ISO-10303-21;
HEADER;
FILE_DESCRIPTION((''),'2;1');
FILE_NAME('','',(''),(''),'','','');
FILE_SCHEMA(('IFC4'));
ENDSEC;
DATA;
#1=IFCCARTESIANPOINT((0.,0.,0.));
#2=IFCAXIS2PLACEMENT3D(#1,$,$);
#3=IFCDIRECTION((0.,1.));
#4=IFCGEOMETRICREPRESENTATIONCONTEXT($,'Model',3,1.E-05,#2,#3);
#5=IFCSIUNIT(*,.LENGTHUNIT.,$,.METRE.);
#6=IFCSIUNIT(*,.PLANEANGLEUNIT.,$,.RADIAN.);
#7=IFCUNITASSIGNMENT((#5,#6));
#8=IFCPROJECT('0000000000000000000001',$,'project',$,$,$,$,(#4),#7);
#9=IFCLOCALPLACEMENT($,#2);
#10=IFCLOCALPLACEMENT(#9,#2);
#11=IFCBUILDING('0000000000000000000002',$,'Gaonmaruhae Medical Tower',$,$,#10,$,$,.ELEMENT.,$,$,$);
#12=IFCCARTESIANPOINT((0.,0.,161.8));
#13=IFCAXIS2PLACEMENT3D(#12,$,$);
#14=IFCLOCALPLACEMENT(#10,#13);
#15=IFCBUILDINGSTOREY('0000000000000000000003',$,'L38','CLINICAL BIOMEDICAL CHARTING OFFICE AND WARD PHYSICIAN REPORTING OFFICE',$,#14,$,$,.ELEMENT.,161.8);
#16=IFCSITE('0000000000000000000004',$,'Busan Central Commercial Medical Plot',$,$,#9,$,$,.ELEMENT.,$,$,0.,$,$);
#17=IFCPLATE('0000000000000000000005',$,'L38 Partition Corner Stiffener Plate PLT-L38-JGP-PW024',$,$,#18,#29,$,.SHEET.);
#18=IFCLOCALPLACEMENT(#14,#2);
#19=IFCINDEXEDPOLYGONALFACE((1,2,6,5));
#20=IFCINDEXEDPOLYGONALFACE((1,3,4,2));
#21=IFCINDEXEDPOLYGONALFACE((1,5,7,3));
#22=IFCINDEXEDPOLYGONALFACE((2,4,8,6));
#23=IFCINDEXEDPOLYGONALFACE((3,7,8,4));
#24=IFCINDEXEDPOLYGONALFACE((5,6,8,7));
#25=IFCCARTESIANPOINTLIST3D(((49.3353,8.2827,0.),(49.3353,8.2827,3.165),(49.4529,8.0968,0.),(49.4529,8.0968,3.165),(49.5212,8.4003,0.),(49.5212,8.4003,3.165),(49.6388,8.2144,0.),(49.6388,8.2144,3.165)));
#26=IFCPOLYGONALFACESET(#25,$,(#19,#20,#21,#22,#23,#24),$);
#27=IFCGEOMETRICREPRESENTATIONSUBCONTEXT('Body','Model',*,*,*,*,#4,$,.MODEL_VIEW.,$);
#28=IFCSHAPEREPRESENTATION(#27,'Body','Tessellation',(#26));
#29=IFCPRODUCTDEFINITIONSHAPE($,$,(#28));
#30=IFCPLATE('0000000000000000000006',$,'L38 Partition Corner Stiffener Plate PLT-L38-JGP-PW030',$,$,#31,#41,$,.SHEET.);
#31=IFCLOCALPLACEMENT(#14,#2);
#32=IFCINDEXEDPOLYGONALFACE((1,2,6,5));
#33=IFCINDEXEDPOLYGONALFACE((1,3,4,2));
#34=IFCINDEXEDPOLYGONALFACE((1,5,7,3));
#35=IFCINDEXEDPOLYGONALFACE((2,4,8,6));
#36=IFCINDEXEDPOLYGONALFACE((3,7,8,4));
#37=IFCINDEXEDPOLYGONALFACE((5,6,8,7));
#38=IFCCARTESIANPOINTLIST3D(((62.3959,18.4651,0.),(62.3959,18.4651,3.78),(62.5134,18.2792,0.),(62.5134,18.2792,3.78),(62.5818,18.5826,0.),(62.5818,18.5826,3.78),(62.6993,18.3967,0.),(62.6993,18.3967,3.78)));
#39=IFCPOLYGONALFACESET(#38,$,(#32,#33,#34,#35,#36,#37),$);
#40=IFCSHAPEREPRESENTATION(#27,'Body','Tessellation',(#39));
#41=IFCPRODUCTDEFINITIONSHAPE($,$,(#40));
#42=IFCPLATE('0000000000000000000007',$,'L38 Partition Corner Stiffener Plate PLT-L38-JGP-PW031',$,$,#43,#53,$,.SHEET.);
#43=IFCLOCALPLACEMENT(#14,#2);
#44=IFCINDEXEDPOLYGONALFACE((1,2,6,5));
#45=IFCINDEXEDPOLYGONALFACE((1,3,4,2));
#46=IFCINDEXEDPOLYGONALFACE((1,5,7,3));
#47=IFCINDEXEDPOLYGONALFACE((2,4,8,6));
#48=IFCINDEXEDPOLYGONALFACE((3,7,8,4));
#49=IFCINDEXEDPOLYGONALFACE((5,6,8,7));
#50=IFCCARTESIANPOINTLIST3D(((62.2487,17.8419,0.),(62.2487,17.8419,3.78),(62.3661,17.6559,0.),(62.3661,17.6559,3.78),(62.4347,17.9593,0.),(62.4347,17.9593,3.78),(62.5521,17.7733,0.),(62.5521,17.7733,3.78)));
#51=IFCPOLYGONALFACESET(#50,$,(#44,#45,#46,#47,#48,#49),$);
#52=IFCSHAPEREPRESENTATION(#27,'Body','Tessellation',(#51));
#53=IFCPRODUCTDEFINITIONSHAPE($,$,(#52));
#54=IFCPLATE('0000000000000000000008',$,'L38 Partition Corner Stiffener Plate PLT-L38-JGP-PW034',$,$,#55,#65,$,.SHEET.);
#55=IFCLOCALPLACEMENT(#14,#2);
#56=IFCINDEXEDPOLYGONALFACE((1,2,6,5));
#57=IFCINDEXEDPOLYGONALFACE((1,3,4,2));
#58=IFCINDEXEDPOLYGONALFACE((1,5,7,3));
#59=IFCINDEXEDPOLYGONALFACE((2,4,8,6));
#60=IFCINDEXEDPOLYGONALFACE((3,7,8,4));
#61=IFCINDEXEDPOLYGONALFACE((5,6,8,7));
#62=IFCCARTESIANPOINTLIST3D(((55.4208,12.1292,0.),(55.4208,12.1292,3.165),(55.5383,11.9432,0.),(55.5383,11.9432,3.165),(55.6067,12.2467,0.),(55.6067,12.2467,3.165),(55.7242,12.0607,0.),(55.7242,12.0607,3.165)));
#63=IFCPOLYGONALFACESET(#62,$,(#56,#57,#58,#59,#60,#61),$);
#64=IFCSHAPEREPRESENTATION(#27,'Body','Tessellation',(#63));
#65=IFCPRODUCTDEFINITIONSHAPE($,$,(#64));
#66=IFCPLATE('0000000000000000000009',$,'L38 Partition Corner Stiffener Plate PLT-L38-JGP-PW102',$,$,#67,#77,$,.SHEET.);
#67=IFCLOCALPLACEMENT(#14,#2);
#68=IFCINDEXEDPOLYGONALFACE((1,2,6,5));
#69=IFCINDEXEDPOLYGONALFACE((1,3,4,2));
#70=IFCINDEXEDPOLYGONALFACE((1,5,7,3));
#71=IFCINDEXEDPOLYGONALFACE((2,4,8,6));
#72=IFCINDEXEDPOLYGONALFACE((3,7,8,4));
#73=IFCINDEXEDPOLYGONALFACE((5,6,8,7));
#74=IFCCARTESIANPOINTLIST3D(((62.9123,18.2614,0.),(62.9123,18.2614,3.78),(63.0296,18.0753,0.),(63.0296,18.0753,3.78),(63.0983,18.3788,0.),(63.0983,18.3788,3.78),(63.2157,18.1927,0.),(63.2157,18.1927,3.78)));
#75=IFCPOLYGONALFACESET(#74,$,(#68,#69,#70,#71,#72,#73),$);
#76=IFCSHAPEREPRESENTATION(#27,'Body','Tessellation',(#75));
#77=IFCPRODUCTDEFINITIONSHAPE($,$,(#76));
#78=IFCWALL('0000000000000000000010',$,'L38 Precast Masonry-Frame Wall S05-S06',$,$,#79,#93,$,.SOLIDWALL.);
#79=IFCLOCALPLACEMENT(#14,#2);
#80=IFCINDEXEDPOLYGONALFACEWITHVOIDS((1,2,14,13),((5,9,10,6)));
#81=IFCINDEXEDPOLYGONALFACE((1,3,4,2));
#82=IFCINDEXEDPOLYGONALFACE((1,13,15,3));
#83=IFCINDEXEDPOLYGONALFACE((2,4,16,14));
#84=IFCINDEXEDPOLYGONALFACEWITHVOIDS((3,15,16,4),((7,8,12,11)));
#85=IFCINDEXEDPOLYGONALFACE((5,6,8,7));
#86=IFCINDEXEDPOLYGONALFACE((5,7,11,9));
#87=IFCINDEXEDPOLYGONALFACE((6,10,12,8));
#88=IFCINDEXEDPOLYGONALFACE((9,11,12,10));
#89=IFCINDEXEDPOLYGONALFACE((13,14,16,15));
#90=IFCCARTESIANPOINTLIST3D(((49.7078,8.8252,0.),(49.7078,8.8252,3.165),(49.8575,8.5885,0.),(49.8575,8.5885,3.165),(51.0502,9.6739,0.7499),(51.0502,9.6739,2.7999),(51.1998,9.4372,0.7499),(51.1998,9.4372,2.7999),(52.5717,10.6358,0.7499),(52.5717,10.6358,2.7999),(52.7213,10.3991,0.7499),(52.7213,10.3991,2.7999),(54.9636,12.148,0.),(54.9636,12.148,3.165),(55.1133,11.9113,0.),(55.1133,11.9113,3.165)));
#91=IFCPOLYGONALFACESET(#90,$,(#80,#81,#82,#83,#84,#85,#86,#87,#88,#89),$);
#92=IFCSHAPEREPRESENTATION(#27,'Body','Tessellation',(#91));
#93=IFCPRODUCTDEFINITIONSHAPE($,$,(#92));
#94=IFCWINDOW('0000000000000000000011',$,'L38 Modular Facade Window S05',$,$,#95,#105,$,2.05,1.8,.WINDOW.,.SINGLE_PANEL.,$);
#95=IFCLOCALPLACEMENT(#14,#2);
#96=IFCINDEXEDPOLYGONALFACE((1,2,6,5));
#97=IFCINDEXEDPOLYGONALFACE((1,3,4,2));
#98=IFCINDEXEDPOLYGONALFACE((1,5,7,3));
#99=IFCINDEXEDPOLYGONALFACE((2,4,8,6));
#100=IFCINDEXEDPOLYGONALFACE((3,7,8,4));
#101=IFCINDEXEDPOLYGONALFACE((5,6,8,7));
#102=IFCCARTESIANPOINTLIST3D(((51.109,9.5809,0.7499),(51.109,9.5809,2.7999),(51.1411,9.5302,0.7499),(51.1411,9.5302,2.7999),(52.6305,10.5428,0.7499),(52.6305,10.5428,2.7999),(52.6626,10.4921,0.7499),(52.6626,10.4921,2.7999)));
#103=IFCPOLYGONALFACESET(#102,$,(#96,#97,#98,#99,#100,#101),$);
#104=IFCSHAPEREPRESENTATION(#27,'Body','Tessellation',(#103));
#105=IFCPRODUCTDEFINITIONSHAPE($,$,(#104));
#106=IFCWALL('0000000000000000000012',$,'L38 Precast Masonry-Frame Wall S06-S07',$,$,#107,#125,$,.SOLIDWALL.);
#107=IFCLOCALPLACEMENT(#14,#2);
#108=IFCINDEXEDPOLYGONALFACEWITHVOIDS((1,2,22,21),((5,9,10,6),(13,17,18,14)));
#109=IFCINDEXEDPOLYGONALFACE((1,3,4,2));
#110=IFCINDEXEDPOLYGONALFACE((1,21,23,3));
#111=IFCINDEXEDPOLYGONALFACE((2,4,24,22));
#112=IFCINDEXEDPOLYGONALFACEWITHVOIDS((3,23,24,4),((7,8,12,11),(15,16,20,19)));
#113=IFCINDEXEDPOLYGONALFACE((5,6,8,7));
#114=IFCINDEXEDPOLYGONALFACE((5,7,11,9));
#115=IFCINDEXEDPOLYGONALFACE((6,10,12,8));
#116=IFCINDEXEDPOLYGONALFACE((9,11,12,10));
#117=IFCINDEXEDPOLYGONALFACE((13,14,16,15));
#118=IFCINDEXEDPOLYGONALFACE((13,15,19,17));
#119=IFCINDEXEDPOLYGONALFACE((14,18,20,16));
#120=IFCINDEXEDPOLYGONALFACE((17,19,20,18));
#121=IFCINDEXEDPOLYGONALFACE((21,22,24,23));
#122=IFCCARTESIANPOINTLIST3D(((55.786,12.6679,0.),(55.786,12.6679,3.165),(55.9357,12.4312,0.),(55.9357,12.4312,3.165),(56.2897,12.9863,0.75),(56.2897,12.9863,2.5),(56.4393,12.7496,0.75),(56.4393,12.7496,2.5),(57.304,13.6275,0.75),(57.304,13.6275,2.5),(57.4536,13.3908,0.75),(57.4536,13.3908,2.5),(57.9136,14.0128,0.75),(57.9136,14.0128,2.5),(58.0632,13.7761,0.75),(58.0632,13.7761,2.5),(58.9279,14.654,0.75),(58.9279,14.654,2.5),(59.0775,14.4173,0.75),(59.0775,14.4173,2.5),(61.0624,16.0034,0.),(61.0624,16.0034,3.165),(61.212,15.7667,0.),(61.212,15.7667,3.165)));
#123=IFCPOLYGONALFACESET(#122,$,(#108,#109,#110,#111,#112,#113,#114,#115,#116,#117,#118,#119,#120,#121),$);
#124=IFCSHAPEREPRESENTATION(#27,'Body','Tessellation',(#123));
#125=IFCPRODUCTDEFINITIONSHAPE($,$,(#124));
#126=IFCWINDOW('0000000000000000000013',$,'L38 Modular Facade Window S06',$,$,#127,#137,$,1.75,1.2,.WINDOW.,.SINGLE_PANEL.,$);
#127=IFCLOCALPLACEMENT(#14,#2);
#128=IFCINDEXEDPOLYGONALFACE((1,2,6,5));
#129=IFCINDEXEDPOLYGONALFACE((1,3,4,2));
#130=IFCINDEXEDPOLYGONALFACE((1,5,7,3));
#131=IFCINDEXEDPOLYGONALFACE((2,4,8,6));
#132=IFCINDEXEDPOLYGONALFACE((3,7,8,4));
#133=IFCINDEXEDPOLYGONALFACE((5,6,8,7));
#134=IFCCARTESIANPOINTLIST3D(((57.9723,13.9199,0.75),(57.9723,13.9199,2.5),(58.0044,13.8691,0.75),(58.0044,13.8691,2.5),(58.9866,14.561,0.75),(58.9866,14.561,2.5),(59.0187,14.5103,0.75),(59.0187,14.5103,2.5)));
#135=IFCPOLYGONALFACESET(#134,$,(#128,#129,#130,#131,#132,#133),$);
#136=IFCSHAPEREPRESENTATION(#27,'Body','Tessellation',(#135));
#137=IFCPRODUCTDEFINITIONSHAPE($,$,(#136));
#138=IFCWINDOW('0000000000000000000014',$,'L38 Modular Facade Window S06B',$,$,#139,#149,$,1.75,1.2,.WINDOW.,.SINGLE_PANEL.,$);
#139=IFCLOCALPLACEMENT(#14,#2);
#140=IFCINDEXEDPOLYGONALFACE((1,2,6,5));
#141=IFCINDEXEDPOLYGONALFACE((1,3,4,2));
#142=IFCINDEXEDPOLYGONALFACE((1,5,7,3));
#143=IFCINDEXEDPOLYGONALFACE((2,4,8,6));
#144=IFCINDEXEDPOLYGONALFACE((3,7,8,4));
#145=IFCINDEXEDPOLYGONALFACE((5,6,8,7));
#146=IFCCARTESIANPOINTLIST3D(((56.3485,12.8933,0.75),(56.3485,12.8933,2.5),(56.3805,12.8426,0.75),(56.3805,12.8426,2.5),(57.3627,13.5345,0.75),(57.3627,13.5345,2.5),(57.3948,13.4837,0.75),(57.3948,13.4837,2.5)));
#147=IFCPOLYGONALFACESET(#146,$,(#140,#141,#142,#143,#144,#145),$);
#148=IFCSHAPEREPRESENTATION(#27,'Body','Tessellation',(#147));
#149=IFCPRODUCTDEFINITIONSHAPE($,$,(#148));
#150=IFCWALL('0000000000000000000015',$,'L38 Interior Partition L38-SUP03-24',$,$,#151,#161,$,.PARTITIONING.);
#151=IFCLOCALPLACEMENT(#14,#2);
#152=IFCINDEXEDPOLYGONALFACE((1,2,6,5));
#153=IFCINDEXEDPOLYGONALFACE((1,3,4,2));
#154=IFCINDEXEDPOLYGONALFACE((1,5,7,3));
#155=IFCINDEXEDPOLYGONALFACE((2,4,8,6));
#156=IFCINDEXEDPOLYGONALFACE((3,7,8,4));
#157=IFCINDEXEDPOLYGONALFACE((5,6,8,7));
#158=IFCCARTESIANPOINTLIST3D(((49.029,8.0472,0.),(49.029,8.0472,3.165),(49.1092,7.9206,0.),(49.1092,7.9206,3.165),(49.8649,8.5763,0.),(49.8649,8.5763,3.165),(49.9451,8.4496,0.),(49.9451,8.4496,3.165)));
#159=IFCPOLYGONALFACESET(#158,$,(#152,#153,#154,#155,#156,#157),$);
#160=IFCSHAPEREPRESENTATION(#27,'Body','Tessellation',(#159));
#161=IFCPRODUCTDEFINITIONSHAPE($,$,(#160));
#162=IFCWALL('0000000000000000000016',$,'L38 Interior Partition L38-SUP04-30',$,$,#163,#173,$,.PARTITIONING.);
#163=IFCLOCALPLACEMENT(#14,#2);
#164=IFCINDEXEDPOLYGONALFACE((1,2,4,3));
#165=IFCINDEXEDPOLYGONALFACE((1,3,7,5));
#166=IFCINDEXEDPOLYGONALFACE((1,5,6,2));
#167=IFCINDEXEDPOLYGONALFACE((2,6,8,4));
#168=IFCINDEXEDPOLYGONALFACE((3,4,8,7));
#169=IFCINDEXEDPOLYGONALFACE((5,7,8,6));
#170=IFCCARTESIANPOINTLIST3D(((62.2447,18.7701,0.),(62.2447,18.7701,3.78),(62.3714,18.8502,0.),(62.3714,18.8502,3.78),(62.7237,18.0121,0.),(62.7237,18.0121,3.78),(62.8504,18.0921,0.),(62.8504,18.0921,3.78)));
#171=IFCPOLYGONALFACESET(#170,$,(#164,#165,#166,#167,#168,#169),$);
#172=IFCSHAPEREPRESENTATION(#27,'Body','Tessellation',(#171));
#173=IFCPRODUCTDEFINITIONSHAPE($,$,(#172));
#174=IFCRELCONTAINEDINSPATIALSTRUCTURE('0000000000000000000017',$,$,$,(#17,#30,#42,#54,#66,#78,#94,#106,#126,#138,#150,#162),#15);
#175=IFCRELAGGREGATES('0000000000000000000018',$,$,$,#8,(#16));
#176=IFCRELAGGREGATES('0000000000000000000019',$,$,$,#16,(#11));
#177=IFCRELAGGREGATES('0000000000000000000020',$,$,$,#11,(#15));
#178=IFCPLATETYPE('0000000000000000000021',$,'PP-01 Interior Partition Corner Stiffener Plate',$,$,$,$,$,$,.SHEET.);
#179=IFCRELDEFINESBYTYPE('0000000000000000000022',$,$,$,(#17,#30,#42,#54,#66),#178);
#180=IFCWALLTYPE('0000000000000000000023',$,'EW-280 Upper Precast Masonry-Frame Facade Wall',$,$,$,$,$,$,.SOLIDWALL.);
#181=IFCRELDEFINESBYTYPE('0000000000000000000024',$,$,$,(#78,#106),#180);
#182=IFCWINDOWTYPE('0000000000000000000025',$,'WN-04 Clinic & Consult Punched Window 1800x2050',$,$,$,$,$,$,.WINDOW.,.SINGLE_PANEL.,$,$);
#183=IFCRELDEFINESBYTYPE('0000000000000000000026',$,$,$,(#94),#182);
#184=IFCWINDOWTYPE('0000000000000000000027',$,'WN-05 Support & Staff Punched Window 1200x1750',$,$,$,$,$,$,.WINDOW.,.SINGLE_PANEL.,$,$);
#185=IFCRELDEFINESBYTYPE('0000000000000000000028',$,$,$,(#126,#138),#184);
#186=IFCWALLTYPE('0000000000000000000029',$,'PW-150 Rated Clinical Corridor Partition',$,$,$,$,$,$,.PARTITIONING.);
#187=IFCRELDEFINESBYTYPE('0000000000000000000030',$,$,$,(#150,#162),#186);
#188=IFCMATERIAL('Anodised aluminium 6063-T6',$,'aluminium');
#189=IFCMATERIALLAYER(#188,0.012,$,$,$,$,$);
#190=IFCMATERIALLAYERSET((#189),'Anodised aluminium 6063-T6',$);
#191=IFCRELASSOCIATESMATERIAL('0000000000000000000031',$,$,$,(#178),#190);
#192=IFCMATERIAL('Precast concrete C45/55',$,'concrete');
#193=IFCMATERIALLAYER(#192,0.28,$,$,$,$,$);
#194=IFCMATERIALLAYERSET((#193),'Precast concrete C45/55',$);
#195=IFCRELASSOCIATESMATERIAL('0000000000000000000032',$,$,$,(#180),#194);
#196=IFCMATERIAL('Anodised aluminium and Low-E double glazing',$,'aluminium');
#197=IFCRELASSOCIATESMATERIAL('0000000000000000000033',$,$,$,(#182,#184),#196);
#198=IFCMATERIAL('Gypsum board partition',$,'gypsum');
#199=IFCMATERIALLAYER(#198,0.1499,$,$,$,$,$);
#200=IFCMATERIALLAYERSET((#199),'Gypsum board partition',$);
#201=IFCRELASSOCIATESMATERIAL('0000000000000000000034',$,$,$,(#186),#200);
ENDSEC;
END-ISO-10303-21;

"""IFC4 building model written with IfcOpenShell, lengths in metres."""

from ifc_helpers import new_model, si_unit, direction, frame, frame_2d, origin, origin_2d, place, context, subcontext, project, spatial, rectangle, extrude, material, layer, layer_set, type_object, element, fill, save


model = new_model("IFC4")

# Units and contexts
model_context = context("Model", 3, precision=1e-05, world=origin(), true_north=direction((0.0, 1.0)))
body_context = subcontext(model_context, "Body", "Model", "MODEL_VIEW")
ifc_project = project(units=[si_unit("LENGTHUNIT", "METRE"), si_unit("PLANEANGLEUNIT", "RADIAN")], contexts=[model_context])

# Site, building, storey
site_placement = place(None, origin())
site = spatial("IfcSite", under=ifc_project, at=site_placement, Name="Busan Central Commercial Medical Plot", CompositionType="ELEMENT", RefElevation=0.0)
building_placement = place(site_placement, origin())
building = spatial("IfcBuilding", under=site, at=building_placement, Name="Gaonmaruhae Medical Tower", CompositionType="ELEMENT")
storey_placement = place(building_placement, frame((0.0, 0.0, 161.8)))
storey = spatial("IfcBuildingStorey", under=building, at=storey_placement, Name="L38", Description="CLINICAL BIOMEDICAL CHARTING OFFICE AND WARD PHYSICIAN REPORTING OFFICE", CompositionType="ELEMENT", Elevation=161.8)

# Plates
ifc_material_1 = material(Name="Anodised aluminium 6063-T6", Category="aluminium")
ifc_layer_1 = layer(ifc_material_1, 0.012)
ifc_layer_set_1 = layer_set([ifc_layer_1], Name="Anodised aluminium 6063-T6")
plate_type = type_object("IfcPlateType", Name="PP-01 Interior Partition Corner Stiffener Plate", PredefinedType="SHEET", material=ifc_layer_set_1)
plate_1_placement = place(storey_placement, frame((49.4871, 8.2485, 0.0), z_axis=(0.0, 0.0, 1.0), x_axis=(-0.845029, -0.534721, 0.0)))
element("IfcPlate", 1, at=plate_1_placement, inside=storey, type_object=plate_type, Name="L38 Partition Corner Stiffener Plate PLT-L38-JGP-PW024", PredefinedType="SHEET", context=body_context, shape_type="SweptSolid", body=[
    extrude(rectangle(XDim=0.22, YDim=0.22, at=origin_2d()), origin(), (0.0, 0.0, 1.0), 3.165),
])
for number, where, z_axis, x_axis, name in (
    (2, (62.5476, 18.4309, 0.0), (0.0, 0.0, 1.0), (0.534205, -0.845355, 0.0), "L38 Partition Corner Stiffener Plate PLT-L38-JGP-PW030"),
    (3, (62.4004, 17.8076, 0.0), (0.0, 0.0, 1.0), (-0.845579, -0.533851, 0.0), "L38 Partition Corner Stiffener Plate PLT-L38-JGP-PW031"),
):
    element("IfcPlate", number, at=place(storey_placement, frame(where, z_axis=z_axis, x_axis=x_axis)), inside=storey, type_object=plate_type, Name=name, PredefinedType="SHEET", context=body_context, shape_type="SweptSolid", body=[
        extrude(rectangle(XDim=0.22, YDim=0.22, at=origin_2d()), origin(), (0.0, 0.0, 1.0), 3.78),
    ])
plate_2_placement = place(storey_placement, frame((55.5725, 12.095, 0.0), z_axis=(0.0, 0.0, 1.0), x_axis=(-0.845392, -0.534146, 0.0)))
element("IfcPlate", 4, at=plate_2_placement, inside=storey, type_object=plate_type, Name="L38 Partition Corner Stiffener Plate PLT-L38-JGP-PW034", PredefinedType="SHEET", context=body_context, shape_type="SweptSolid", body=[
    extrude(rectangle(XDim=0.22, YDim=0.22, at=origin_2d()), origin(), (0.0, 0.0, 1.0), 3.165),
])
plate_3_placement = place(storey_placement, frame((63.064, 18.2271, 0.0), z_axis=(0.0, 0.0, 1.0), x_axis=(-0.845802, -0.533496, 0.0)))
element("IfcPlate", 5, at=plate_3_placement, inside=storey, type_object=plate_type, Name="L38 Partition Corner Stiffener Plate PLT-L38-JGP-PW102", PredefinedType="SHEET", context=body_context, shape_type="SweptSolid", body=[
    extrude(rectangle(XDim=0.22, YDim=0.22, at=origin_2d()), origin(), (0.0, 0.0, 1.0), 3.78),
])

# Wall, opening, window
ifc_material_2 = material(Name="Precast concrete C45/55", Category="concrete")
ifc_layer_2 = layer(ifc_material_2, 0.28)
ifc_layer_set_2 = layer_set([ifc_layer_2], Name="Precast concrete C45/55")
wall_type_1 = type_object("IfcWallType", Name="EW-280 Upper Precast Masonry-Frame Facade Wall", PredefinedType="SOLIDWALL", material=ifc_layer_set_2)
wall_1_placement = place(storey_placement, frame((55.0383, 12.0295, 0.0), z_axis=(0.0, 0.0, 1.0), x_axis=(-0.845252, -0.534368, 0.0)))
wall_1 = element("IfcWall", 6, at=wall_1_placement, inside=storey, type_object=wall_type_1, Name="L38 Precast Masonry-Frame Wall S05-S06", PredefinedType="SOLIDWALL", context=body_context, shape_type="SweptSolid", body=[
    extrude(rectangle(XDim=6.218, YDim=0.28, at=frame_2d((3.1089, 0.0))), origin(), (0.0, 0.0, 1.0), 3.165),
])
opening_1_placement = place(wall_1_placement, frame((2.8298, 0.0, 0.75)))
opening_1 = element("IfcOpeningElement", 7, at=opening_1_placement, cuts=wall_1, PredefinedType="OPENING", context=body_context, shape_type="SweptSolid", body=[
    extrude(rectangle(XDim=1.8, YDim=2.05, at=frame_2d((0.8999, 1.0249))), frame((0.0, 0.1499, 0.0), z_axis=(0.0, -1.0, 0.0), x_axis=(1.0, 0.0, 0.0)), (0.0, 0.0, 1.0), 0.3),
])
ifc_material_3 = material(Name="Anodised aluminium and Low-E double glazing", Category="aluminium")
window_type_1 = type_object("IfcWindowType", Name="WN-04 Clinic & Consult Punched Window 1800x2050", PartitioningType="SINGLE_PANEL", PredefinedType="WINDOW", material=ifc_material_3)
window_1_placement = place(opening_1_placement, origin())
window_1 = element("IfcWindow", 8, at=window_1_placement, inside=storey, type_object=window_type_1, Name="L38 Modular Facade Window S05", OverallHeight=2.05, OverallWidth=1.8, PartitioningType="SINGLE_PANEL", PredefinedType="WINDOW", context=body_context, shape_type="SweptSolid", body=[
    extrude(rectangle(XDim=1.8, YDim=2.05, at=frame_2d((0.8999, 1.0249))), frame((0.0, 0.03, 0.0), z_axis=(0.0, -1.0, 0.0), x_axis=(1.0, 0.0, 0.0)), (0.0, 0.0, 1.0), 0.0601),
])
fill(opening_1, window_1)

# Wall, openings, windows
wall_2_placement = place(storey_placement, frame((61.1372, 15.885, 0.0), z_axis=(0.0, 0.0, 1.0), x_axis=(-0.845271, -0.534337, 0.0)))
wall_2 = element("IfcWall", 9, at=wall_2_placement, inside=storey, type_object=wall_type_1, Name="L38 Precast Masonry-Frame Wall S06-S07", PredefinedType="SOLIDWALL", context=body_context, shape_type="SweptSolid", body=[
    extrude(rectangle(XDim=6.2422, YDim=0.28, at=frame_2d((3.1211, 0.0))), origin(), (0.0, 0.0, 1.0), 3.165),
])
opening_2_placement = place(wall_2_placement, frame((2.5251, 0.0, 0.75)))
opening_2 = element("IfcOpeningElement", 10, at=opening_2_placement, cuts=wall_2, PredefinedType="OPENING", context=body_context, shape_type="SweptSolid", body=[
    extrude(rectangle(XDim=1.2, YDim=1.75, at=frame_2d((0.6001, 0.875))), frame((0.0, 0.1499, 0.0), z_axis=(0.0, -1.0, 0.0), x_axis=(1.0, 0.0, 0.0)), (0.0, 0.0, 1.0), 0.3),
])
opening_3_placement = place(wall_2_placement, frame((4.4463, 0.0, 0.75)))
opening_3 = element("IfcOpeningElement", 11, at=opening_3_placement, cuts=wall_2, PredefinedType="OPENING", context=body_context, shape_type="SweptSolid", body=[
    extrude(rectangle(XDim=1.2, YDim=1.75, at=frame_2d((0.6001, 0.875))), frame((0.0, 0.1499, 0.0), z_axis=(0.0, -1.0, 0.0), x_axis=(1.0, 0.0, 0.0)), (0.0, 0.0, 1.0), 0.3),
])
window_type_2 = type_object("IfcWindowType", Name="WN-05 Support & Staff Punched Window 1200x1750", PartitioningType="SINGLE_PANEL", PredefinedType="WINDOW", material=ifc_material_3)
window_2_placement = place(opening_2_placement, origin())
window_2 = element("IfcWindow", 12, at=window_2_placement, inside=storey, type_object=window_type_2, Name="L38 Modular Facade Window S06", OverallHeight=1.75, OverallWidth=1.2, PartitioningType="SINGLE_PANEL", PredefinedType="WINDOW", context=body_context, shape_type="SweptSolid", body=[
    extrude(rectangle(XDim=1.2, YDim=1.75, at=frame_2d((0.6001, 0.875))), frame((0.0, 0.03, 0.0), z_axis=(0.0, -1.0, 0.0), x_axis=(1.0, 0.0, 0.0)), (0.0, 0.0, 1.0), 0.0601),
])
fill(opening_2, window_2)
window_3_placement = place(opening_3_placement, origin())
window_3 = element("IfcWindow", 13, at=window_3_placement, inside=storey, type_object=window_type_2, Name="L38 Modular Facade Window S06B", OverallHeight=1.75, OverallWidth=1.2, PartitioningType="SINGLE_PANEL", PredefinedType="WINDOW", context=body_context, shape_type="SweptSolid", body=[
    extrude(rectangle(XDim=1.2, YDim=1.75, at=frame_2d((0.6001, 0.875))), frame((0.0, 0.03, 0.0), z_axis=(0.0, -1.0, 0.0), x_axis=(1.0, 0.0, 0.0)), (0.0, 0.0, 1.0), 0.0601),
])
fill(opening_3, window_3)

# Walls
ifc_material_4 = material(Name="Gypsum board partition", Category="gypsum")
ifc_layer_3 = layer(ifc_material_4, 0.1499)
ifc_layer_set_3 = layer_set([ifc_layer_3], Name="Gypsum board partition")
wall_type_2 = type_object("IfcWallType", Name="PW-150 Rated Clinical Corridor Partition", PredefinedType="PARTITIONING", material=ifc_layer_set_3)
wall_3_placement = place(storey_placement, frame((49.905, 8.5129, 0.0), z_axis=(0.0, 0.0, 1.0), x_axis=(-0.84499, -0.534782, 0.0)))
element("IfcWall", 14, at=wall_3_placement, inside=storey, type_object=wall_type_2, Name="L38 Interior Partition L38-SUP03-24", PredefinedType="PARTITIONING", context=body_context, shape_type="SweptSolid", body=[
    extrude(rectangle(XDim=0.9893, YDim=0.1499, at=frame_2d((0.4946, 0.0))), origin(), (0.0, 0.0, 1.0), 3.165),
])
wall_4_placement = place(storey_placement, frame((62.3081, 18.8101, 0.0), z_axis=(0.0, 0.0, 1.0), x_axis=(0.534177, -0.845372, 0.0)))
element("IfcWall", 15, at=wall_4_placement, inside=storey, type_object=wall_type_2, Name="L38 Interior Partition L38-SUP04-30", PredefinedType="PARTITIONING", context=body_context, shape_type="SweptSolid", body=[
    extrude(rectangle(XDim=0.8967, YDim=0.1499, at=frame_2d((0.4482, 0.0))), origin(), (0.0, 0.0, 1.0), 3.78),
])

save(model, "model.ifc")
